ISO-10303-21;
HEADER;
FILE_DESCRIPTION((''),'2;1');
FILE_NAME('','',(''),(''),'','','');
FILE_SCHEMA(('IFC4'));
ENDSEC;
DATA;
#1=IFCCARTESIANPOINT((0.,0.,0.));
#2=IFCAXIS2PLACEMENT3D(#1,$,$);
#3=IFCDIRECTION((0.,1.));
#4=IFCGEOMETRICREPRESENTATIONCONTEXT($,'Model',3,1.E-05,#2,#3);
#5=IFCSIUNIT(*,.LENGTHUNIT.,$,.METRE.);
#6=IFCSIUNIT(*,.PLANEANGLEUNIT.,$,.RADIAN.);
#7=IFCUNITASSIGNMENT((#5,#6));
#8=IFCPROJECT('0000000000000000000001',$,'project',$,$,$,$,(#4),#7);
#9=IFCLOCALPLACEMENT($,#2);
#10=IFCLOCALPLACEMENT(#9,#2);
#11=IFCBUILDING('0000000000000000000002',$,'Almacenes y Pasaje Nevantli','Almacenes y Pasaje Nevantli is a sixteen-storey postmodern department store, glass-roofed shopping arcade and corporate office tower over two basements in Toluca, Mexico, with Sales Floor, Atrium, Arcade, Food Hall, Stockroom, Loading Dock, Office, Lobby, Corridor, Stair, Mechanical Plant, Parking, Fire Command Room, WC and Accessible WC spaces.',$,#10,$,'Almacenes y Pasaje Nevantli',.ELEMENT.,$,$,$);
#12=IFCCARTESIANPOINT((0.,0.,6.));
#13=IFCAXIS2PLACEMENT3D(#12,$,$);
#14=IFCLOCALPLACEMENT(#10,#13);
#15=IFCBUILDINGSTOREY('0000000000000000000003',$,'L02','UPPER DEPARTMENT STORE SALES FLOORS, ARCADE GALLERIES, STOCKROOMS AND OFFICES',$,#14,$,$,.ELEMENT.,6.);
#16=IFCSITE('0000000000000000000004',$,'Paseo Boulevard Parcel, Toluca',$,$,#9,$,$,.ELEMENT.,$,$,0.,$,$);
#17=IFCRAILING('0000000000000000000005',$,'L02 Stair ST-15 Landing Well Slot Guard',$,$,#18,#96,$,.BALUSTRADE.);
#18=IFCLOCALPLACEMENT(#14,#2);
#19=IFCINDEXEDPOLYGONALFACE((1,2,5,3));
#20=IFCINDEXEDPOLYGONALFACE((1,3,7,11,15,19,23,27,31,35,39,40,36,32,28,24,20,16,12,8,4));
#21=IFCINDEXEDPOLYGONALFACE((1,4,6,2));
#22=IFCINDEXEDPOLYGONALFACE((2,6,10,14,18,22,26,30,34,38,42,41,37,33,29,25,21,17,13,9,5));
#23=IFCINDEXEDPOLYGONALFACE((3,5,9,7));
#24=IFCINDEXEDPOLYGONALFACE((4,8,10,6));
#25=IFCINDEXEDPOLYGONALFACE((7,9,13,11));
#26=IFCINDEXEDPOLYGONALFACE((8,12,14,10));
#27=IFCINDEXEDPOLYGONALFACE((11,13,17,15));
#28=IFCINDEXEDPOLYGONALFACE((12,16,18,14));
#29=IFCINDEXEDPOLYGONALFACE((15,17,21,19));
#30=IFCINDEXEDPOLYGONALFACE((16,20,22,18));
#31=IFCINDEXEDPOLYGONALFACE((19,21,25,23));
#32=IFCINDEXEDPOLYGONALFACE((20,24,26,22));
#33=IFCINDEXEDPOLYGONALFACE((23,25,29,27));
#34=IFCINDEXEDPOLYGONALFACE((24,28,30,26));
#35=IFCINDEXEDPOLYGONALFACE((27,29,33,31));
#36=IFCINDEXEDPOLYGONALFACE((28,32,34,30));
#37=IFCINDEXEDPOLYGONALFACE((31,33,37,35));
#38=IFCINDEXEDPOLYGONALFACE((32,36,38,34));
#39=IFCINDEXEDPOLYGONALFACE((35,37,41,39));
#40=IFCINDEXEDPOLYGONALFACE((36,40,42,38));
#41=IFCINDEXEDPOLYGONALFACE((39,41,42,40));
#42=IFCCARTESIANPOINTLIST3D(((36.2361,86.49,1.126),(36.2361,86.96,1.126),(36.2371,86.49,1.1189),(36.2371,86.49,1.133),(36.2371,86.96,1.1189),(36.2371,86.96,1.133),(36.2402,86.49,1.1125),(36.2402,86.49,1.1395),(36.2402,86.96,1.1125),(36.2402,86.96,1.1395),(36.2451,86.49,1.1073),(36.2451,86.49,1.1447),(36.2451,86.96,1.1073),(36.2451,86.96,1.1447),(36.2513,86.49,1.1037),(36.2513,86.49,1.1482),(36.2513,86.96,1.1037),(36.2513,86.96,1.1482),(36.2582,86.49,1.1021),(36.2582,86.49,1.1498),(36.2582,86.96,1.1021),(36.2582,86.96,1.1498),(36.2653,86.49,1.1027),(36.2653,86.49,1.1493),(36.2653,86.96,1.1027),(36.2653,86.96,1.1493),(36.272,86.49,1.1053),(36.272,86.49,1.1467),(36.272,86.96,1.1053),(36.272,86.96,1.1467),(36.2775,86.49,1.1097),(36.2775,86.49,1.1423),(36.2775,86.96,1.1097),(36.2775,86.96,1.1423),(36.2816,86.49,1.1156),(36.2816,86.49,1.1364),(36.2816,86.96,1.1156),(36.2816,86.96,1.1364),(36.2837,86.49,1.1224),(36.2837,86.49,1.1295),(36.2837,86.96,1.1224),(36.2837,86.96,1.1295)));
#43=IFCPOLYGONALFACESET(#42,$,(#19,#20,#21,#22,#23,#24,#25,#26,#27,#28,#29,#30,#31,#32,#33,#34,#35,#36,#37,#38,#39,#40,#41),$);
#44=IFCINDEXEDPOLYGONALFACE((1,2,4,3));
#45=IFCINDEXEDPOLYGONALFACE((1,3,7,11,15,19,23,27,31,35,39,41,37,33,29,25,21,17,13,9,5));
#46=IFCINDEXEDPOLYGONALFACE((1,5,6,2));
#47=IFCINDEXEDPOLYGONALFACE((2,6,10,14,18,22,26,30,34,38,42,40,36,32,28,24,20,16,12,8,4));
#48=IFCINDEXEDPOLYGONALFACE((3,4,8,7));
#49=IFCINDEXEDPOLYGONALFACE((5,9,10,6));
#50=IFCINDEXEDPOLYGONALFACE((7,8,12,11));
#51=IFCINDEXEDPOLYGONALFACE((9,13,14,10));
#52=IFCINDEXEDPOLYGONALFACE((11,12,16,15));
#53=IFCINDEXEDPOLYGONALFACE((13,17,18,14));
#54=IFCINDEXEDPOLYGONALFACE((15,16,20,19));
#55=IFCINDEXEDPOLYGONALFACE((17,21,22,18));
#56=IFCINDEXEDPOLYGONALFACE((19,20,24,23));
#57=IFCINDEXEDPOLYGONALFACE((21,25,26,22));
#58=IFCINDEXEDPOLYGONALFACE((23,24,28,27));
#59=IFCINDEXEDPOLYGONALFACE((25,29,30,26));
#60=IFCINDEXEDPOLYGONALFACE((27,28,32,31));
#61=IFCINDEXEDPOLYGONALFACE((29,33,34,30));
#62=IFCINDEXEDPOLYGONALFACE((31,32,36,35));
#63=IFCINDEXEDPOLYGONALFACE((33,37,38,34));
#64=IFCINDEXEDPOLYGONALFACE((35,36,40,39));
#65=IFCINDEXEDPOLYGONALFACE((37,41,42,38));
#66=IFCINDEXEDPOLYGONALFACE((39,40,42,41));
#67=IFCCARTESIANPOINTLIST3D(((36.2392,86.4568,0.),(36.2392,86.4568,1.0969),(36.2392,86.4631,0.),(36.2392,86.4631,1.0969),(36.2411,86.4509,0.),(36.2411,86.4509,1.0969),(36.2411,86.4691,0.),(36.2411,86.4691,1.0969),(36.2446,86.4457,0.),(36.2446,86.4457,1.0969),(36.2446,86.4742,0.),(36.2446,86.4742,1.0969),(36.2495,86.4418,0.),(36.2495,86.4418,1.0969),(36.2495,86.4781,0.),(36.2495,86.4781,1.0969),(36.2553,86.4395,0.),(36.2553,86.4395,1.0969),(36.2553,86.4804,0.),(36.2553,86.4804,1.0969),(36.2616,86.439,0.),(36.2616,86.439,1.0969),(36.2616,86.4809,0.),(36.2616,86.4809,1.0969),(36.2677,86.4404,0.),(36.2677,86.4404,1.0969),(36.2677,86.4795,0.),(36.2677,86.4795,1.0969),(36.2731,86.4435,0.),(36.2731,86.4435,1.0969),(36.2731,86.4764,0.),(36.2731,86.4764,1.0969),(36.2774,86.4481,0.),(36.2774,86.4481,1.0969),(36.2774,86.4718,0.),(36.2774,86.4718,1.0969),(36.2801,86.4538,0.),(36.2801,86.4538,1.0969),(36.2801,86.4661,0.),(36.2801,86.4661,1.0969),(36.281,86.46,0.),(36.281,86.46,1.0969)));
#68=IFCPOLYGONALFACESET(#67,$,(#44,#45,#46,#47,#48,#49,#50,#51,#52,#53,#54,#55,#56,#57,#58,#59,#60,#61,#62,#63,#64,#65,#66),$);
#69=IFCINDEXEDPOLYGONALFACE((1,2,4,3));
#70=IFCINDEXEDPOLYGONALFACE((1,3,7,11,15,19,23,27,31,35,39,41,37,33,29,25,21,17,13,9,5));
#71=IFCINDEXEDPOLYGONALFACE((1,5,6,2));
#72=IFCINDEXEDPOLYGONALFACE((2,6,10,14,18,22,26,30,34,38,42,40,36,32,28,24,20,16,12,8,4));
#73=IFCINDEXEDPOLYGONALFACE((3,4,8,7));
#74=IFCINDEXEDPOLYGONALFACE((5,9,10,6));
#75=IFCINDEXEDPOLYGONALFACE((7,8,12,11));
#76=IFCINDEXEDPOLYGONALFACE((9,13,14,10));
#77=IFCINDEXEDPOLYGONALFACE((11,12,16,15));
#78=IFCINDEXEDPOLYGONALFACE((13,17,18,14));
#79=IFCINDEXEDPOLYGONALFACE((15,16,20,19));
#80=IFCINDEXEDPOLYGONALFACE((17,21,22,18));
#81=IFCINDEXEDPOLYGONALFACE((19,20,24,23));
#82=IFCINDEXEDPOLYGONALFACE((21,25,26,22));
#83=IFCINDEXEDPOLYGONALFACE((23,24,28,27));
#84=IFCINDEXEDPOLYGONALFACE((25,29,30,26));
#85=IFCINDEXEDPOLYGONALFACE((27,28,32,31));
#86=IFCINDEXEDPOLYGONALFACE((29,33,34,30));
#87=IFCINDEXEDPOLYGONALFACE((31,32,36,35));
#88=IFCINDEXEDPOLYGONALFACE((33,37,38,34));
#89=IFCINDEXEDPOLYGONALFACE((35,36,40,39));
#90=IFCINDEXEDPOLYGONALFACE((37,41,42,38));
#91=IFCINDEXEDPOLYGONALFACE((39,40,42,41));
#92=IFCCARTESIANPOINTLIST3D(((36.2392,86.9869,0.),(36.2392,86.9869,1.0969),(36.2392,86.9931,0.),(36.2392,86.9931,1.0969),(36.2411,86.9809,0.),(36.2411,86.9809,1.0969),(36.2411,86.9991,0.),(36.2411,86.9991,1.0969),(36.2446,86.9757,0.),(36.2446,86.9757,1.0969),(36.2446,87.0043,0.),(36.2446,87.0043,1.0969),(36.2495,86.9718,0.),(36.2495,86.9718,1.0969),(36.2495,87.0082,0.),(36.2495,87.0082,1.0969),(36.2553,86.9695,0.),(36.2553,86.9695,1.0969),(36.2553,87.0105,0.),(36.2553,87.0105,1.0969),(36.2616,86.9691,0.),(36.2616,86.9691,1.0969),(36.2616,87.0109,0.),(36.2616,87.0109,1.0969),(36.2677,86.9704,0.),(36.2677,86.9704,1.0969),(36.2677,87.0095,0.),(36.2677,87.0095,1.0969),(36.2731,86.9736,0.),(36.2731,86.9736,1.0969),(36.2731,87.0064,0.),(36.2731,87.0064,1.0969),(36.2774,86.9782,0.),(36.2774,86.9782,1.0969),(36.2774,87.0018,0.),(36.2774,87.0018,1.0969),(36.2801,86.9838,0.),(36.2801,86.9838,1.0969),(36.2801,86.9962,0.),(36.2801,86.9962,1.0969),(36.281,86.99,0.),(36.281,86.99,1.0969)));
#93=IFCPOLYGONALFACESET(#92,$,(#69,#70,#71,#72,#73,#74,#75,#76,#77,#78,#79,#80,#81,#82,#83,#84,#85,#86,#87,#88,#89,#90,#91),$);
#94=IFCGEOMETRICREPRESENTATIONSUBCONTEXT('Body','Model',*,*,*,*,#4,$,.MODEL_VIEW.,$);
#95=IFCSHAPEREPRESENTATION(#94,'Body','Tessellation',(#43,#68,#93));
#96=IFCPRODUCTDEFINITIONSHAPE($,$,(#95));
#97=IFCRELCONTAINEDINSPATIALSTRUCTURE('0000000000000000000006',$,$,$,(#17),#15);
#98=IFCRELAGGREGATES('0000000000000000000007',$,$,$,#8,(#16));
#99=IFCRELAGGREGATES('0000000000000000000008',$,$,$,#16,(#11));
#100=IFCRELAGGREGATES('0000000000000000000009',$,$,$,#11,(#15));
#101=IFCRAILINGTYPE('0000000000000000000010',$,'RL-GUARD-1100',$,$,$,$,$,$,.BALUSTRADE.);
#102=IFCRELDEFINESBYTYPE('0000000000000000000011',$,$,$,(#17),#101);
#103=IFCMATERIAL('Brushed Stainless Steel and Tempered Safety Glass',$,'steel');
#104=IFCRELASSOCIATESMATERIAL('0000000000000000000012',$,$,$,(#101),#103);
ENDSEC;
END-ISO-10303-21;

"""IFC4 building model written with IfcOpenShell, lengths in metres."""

from ifc_helpers import new_model, si_unit, direction, frame, origin, origin_2d, place, context, subcontext, project, spatial, circle, extrude, material, type_object, element, save


model = new_model("IFC4")

# Units and contexts
model_context = context("Model", 3, precision=1e-05, world=origin(), true_north=direction((0.0, 1.0)))
body_context = subcontext(model_context, "Body", "Model", "MODEL_VIEW")
ifc_project = project(units=[si_unit("LENGTHUNIT", "METRE"), si_unit("PLANEANGLEUNIT", "RADIAN")], contexts=[model_context])

# Site, building, storey
site_placement = place(None, origin())
site = spatial("IfcSite", under=ifc_project, at=site_placement, Name="Paseo Boulevard Parcel, Toluca", CompositionType="ELEMENT", RefElevation=0.0)
building_placement = place(site_placement, origin())
building = spatial("IfcBuilding", under=site, at=building_placement, Name="Almacenes y Pasaje Nevantli", Description="Almacenes y Pasaje Nevantli is a sixteen-storey postmodern department store, glass-roofed shopping arcade and corporate office tower over two basements in Toluca, Mexico, with Sales Floor, Atrium, Arcade, Food Hall, Stockroom, Loading Dock, Office, Lobby, Corridor, Stair, Mechanical Plant, Parking, Fire Command Room, WC and Accessible WC spaces.", LongName="Almacenes y Pasaje Nevantli", CompositionType="ELEMENT")
storey_placement = place(building_placement, frame((0.0, 0.0, 6.0)))
storey = spatial("IfcBuildingStorey", under=building, at=storey_placement, Name="L02", Description="UPPER DEPARTMENT STORE SALES FLOORS, ARCADE GALLERIES, STOCKROOMS AND OFFICES", CompositionType="ELEMENT", Elevation=6.0)

# Railing
ifc_material_1 = material(Name="Brushed Stainless Steel and Tempered Safety Glass", Category="steel")
railing_type_1 = type_object("IfcRailingType", Name="RL-GUARD-1100", PredefinedType="BALUSTRADE", material=ifc_material_1)
railing_1_placement = place(storey_placement, frame((36.26, 86.46, 0.0)))
element("IfcRailing", 1, at=railing_1_placement, inside=storey, type_object=railing_type_1, Name="L02 Stair ST-15 Landing Well Slot Guard", PredefinedType="BALUSTRADE", context=body_context, shape_type="SweptSolid", body=[
    extrude(circle(Radius=0.0239, at=origin_2d()), frame((0.0, 0.03, 1.126), z_axis=(0.0, 1.0, 0.0), x_axis=(-1.0, 0.0, 0.0)), (0.0, 0.0, 1.0), 0.47),
    extrude(circle(Radius=0.021, at=origin_2d()), origin(), (0.0, 0.0, 1.0), 1.0969),
    extrude(circle(Radius=0.021, at=origin_2d()), frame((0.0, 0.53, 0.0)), (0.0, 0.0, 1.0), 1.0969),
])

save(model, "model.ifc")
